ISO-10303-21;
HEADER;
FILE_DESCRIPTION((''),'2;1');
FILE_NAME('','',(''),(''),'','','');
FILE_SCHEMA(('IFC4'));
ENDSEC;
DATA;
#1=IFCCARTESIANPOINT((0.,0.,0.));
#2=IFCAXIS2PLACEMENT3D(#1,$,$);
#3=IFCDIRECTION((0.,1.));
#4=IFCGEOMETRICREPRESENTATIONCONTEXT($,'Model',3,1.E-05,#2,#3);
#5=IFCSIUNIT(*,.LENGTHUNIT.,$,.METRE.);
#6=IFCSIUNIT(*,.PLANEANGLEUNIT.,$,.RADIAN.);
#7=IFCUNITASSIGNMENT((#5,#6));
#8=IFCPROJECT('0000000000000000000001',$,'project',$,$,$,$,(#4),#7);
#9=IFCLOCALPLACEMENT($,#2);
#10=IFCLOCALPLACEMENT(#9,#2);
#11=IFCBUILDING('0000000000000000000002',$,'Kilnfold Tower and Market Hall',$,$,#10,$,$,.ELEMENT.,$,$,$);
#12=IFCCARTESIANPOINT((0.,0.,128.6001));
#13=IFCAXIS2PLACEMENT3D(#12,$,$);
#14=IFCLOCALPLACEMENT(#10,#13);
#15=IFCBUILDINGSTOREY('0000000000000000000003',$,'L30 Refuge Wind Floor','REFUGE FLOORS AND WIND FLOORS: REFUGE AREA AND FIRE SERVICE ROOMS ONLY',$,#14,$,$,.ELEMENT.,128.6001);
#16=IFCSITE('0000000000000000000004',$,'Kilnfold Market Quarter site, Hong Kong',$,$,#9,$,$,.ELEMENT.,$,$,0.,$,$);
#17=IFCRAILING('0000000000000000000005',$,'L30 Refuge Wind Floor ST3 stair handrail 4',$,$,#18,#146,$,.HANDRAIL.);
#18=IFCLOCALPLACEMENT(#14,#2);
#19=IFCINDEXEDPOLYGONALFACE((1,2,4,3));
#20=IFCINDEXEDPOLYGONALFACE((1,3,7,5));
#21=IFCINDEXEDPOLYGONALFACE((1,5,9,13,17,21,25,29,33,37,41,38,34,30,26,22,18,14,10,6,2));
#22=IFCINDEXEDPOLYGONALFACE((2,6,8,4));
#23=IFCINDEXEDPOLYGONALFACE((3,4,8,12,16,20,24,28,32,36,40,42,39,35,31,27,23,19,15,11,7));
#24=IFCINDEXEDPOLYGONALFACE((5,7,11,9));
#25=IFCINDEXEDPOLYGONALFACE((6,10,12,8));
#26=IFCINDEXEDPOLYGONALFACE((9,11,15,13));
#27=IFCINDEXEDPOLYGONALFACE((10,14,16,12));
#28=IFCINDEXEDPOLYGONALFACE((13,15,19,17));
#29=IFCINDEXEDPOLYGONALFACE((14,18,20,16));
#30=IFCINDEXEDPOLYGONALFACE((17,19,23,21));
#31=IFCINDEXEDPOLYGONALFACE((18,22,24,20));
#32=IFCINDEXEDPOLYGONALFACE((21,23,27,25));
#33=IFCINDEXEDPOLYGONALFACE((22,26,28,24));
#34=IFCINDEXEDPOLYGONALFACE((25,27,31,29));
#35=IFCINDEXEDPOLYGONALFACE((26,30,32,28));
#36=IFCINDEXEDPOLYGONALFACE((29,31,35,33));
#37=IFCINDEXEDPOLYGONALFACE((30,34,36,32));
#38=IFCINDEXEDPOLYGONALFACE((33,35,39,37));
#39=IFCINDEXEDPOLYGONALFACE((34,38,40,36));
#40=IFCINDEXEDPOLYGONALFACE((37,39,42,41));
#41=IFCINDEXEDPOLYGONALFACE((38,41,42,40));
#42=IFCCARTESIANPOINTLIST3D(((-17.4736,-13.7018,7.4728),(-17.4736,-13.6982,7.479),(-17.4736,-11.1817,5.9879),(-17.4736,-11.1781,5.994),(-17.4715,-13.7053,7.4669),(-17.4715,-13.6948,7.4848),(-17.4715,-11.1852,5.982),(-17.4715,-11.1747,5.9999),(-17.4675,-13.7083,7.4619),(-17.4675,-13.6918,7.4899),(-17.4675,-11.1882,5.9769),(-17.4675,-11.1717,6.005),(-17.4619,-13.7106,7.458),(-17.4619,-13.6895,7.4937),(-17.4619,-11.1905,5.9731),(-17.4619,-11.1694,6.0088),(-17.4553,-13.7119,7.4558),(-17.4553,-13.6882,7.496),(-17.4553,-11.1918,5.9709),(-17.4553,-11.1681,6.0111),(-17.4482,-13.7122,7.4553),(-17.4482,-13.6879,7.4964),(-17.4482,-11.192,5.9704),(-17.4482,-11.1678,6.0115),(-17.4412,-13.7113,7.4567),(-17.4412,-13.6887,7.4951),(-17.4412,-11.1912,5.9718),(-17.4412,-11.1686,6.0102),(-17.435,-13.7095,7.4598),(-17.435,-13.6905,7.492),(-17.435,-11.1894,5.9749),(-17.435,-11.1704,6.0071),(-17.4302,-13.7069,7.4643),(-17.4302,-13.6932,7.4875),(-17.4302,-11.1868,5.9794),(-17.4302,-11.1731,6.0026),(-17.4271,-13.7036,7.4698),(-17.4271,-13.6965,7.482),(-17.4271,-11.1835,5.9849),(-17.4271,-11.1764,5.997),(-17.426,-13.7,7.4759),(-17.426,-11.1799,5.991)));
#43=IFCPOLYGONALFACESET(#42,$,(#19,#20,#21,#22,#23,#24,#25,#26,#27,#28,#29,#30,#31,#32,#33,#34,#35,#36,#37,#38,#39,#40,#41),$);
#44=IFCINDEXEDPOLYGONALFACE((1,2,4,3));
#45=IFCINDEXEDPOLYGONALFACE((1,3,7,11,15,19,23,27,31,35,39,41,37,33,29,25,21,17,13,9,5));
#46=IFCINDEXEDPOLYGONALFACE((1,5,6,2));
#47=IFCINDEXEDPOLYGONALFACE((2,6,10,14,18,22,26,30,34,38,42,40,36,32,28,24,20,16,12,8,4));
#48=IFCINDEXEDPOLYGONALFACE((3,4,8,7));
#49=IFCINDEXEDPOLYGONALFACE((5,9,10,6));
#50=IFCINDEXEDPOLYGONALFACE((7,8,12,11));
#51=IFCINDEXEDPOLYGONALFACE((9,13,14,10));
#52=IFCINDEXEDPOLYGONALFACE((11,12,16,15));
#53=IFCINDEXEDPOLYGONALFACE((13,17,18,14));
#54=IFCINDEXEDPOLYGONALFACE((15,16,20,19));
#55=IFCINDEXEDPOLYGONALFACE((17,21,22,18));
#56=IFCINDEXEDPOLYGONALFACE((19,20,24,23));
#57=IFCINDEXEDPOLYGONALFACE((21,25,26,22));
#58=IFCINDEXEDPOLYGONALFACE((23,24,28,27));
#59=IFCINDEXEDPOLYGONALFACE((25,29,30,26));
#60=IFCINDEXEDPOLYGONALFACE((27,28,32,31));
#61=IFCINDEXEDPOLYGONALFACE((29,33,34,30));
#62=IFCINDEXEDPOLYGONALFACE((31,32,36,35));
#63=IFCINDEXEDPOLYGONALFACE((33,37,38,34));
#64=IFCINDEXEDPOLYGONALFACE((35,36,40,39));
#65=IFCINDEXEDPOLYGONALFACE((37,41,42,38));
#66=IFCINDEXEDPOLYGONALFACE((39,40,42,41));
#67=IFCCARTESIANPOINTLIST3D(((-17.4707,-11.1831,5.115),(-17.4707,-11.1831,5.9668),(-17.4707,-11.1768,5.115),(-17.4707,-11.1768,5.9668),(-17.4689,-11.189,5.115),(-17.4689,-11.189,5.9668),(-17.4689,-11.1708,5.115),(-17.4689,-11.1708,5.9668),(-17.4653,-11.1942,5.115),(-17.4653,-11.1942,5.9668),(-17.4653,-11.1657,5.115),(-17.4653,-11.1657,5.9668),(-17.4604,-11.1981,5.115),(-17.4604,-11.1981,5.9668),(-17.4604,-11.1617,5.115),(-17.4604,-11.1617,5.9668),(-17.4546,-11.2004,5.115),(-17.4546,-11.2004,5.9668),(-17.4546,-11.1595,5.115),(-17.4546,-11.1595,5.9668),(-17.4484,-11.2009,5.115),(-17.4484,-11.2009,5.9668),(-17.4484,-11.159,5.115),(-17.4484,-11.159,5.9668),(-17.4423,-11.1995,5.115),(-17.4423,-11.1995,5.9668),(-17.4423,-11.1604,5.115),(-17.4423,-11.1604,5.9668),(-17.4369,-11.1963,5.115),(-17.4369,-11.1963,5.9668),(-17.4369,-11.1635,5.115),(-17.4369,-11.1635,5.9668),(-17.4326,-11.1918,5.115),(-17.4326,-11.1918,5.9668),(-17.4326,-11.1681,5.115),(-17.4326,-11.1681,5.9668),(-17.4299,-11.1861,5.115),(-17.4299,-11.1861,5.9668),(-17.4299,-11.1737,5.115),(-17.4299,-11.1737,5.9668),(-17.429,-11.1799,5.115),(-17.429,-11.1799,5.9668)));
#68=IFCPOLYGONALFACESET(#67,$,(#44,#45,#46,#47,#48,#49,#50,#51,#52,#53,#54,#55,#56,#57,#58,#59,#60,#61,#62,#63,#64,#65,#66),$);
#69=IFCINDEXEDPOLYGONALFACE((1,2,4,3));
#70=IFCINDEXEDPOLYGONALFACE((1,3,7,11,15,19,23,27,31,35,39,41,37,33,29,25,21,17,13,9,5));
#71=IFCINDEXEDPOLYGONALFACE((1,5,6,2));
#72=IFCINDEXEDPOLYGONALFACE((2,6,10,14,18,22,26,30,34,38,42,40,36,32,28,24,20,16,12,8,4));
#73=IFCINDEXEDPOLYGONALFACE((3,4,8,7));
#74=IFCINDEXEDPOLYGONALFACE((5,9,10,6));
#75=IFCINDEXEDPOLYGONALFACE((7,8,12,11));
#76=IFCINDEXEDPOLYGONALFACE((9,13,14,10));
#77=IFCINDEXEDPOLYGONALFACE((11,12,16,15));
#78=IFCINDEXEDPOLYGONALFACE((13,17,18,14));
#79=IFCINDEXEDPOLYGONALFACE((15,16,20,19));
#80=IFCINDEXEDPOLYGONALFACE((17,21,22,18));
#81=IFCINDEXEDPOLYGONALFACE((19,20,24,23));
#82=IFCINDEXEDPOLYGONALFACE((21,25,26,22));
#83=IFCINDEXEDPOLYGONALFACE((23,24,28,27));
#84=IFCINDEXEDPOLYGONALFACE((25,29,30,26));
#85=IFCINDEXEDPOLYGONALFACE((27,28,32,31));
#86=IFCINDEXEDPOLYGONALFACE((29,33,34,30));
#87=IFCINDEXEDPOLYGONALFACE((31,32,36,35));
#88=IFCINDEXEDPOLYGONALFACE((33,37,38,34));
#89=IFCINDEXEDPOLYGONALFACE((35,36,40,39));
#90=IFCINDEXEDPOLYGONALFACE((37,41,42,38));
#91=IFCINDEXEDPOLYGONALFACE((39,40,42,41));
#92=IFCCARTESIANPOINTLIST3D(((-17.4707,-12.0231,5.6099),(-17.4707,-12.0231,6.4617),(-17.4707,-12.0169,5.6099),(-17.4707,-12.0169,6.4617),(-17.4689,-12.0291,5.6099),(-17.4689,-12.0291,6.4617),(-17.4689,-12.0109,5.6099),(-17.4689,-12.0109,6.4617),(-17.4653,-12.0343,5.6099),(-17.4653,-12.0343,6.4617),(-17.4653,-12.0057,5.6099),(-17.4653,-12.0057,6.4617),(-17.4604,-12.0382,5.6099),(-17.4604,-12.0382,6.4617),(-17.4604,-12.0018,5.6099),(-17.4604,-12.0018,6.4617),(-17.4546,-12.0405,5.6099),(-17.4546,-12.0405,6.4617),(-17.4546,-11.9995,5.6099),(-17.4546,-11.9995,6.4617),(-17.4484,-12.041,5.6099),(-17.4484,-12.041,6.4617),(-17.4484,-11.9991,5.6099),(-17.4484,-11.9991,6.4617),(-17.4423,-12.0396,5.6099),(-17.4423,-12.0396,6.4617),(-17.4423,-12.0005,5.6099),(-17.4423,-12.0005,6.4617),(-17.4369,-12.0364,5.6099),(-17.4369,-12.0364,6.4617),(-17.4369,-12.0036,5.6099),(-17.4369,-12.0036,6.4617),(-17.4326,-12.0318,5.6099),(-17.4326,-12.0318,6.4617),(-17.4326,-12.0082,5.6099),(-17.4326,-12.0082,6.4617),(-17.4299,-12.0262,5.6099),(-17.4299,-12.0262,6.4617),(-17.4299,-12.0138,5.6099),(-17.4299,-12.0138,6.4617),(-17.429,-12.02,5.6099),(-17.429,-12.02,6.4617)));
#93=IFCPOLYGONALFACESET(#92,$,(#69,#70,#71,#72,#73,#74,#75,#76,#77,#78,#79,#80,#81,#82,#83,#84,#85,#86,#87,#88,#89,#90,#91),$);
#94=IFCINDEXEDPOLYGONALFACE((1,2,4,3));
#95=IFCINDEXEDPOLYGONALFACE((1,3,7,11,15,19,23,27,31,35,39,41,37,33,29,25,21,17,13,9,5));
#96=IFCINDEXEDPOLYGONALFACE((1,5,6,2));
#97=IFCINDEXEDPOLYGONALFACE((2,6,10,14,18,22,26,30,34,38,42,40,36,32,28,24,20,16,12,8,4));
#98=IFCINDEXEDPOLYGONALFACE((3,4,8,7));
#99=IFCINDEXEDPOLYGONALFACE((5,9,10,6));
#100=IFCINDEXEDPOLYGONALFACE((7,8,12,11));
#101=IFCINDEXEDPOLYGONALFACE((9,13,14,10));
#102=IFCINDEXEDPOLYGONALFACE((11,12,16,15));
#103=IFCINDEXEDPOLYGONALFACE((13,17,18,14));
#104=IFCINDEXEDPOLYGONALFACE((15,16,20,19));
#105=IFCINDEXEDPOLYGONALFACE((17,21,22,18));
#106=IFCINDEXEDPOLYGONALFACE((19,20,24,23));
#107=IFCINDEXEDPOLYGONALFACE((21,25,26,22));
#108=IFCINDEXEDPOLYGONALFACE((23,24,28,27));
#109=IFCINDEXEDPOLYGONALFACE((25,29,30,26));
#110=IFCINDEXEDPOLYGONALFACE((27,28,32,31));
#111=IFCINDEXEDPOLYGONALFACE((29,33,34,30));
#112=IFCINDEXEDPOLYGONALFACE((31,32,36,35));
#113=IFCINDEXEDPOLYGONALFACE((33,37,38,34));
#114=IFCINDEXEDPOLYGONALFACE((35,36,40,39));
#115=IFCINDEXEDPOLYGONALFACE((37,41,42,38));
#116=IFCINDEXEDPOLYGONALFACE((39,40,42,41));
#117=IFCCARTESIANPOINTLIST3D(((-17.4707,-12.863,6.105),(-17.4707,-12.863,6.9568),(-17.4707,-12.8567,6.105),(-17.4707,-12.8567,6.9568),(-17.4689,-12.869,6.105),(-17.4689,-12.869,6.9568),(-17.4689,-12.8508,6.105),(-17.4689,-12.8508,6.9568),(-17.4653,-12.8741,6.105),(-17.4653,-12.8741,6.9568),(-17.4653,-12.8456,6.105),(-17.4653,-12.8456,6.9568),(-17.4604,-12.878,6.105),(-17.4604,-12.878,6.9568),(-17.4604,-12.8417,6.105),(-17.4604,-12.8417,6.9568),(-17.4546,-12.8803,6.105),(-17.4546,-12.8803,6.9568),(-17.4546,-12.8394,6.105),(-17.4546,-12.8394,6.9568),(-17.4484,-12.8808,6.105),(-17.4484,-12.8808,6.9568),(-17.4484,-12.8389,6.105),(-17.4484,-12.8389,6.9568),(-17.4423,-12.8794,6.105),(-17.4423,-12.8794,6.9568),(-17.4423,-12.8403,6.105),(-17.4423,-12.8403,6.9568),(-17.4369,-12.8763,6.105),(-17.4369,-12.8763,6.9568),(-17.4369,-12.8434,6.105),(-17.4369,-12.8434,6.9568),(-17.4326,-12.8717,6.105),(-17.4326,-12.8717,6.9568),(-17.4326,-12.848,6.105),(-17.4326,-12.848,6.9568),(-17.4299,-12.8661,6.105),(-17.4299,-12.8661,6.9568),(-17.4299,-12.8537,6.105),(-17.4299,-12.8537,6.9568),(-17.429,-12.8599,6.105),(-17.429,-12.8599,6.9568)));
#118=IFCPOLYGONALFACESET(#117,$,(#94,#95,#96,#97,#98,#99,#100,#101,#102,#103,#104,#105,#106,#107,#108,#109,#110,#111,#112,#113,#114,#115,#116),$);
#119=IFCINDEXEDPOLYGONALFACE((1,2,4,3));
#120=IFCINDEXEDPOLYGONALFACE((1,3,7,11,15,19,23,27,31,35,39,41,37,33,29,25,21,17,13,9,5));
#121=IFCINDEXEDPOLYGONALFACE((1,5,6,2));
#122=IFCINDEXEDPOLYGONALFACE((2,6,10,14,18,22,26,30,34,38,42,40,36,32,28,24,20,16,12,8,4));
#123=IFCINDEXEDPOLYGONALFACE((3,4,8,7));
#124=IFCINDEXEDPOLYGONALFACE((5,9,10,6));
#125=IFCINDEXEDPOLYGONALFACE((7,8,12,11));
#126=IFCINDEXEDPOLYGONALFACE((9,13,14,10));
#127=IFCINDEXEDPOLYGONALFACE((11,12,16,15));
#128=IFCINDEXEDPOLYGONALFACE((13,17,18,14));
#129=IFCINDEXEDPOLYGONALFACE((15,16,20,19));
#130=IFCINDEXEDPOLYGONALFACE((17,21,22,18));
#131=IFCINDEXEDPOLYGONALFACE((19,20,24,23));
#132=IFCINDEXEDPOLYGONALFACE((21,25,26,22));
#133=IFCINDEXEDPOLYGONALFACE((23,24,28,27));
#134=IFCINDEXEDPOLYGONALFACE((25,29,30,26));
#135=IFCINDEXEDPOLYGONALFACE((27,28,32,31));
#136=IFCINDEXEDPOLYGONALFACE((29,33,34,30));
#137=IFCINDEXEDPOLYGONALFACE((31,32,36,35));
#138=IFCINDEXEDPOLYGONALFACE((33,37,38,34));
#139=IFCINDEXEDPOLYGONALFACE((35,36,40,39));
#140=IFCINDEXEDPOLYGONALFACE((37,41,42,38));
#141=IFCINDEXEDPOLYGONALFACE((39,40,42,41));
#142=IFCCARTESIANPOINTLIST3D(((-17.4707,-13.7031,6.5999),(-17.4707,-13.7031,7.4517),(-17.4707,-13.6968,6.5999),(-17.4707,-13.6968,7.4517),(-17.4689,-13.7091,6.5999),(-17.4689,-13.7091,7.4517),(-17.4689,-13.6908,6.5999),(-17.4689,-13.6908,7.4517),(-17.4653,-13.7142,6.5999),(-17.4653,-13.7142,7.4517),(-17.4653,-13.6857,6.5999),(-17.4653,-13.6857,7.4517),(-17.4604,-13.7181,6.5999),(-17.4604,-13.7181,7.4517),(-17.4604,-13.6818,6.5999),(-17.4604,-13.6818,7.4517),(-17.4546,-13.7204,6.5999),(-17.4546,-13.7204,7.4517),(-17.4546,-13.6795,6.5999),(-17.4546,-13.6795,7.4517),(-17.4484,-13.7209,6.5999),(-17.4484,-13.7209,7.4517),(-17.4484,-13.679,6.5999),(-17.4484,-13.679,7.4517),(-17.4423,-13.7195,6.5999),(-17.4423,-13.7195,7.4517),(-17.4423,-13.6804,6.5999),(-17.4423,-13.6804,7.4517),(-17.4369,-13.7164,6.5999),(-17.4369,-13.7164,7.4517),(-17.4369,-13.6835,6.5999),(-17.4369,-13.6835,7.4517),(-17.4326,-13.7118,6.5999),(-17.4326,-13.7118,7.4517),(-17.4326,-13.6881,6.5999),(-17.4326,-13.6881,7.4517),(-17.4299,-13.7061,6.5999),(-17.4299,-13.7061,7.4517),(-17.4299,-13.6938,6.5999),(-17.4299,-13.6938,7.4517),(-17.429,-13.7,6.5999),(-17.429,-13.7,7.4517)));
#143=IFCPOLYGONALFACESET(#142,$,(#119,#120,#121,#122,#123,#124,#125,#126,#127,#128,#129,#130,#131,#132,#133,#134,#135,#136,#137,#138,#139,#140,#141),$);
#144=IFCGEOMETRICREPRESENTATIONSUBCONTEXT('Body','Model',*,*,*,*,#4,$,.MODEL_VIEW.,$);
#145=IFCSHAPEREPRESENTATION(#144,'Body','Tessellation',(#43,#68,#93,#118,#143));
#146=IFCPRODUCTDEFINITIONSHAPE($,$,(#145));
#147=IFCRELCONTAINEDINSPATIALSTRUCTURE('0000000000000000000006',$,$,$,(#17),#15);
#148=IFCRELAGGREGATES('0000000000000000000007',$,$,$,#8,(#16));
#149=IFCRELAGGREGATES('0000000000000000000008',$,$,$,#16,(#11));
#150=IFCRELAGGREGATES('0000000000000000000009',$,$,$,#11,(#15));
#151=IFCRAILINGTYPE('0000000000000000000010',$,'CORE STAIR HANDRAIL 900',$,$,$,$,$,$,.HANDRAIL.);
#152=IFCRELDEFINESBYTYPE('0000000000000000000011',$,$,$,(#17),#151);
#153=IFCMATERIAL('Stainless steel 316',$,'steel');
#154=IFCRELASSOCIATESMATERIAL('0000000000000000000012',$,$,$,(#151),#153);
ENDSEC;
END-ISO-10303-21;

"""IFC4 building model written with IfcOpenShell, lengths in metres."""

from ifc_helpers import new_model, si_unit, direction, frame, origin, origin_2d, place, context, subcontext, project, spatial, circle, extrude, material, type_object, element, save


model = new_model("IFC4")

# Units and contexts
model_context = context("Model", 3, precision=1e-05, world=origin(), true_north=direction((0.0, 1.0)))
body_context = subcontext(model_context, "Body", "Model", "MODEL_VIEW")
ifc_project = project(units=[si_unit("LENGTHUNIT", "METRE"), si_unit("PLANEANGLEUNIT", "RADIAN")], contexts=[model_context])

# Site, building, storey
site_placement = place(None, origin())
site = spatial("IfcSite", under=ifc_project, at=site_placement, Name="Kilnfold Market Quarter site, Hong Kong", CompositionType="ELEMENT", RefElevation=0.0)
building_placement = place(site_placement, origin())
building = spatial("IfcBuilding", under=site, at=building_placement, Name="Kilnfold Tower and Market Hall", CompositionType="ELEMENT")
storey_placement = place(building_placement, frame((0.0, 0.0, 128.6001)))
storey = spatial("IfcBuildingStorey", under=building, at=storey_placement, Name="L30 Refuge Wind Floor", Description="REFUGE FLOORS AND WIND FLOORS: REFUGE AREA AND FIRE SERVICE ROOMS ONLY", CompositionType="ELEMENT", Elevation=128.6001)

# Railing
ifc_material_1 = material(Name="Stainless steel 316", Category="steel")
railing_type_1 = type_object("IfcRailingType", Name="CORE STAIR HANDRAIL 900", PredefinedType="HANDRAIL", material=ifc_material_1)
for number, where, name in (
    (1, (-17.45, -11.1799, 5.115), "L30 Refuge Wind Floor ST3 stair handrail 4"),
):
    element("IfcRailing", number, at=place(storey_placement, frame(where)), inside=storey, type_object=railing_type_1, Name=name, PredefinedType="HANDRAIL", context=body_context, shape_type="SweptSolid", body=[
        extrude(circle(Radius=0.0239, at=origin_2d()), frame((0.0, 0.0, 0.876), z_axis=(0.0, -0.861561, 0.507655), x_axis=(1.0, 0.0, 0.0)), (0.0, 0.0, 1.0), 2.925),
        extrude(circle(Radius=0.021, at=origin_2d()), origin(), (0.0, 0.0, 1.0), 0.8518),
        extrude(circle(Radius=0.021, at=origin_2d()), frame((0.0, -0.8401, 0.4949)), (0.0, 0.0, 1.0), 0.8518),
        extrude(circle(Radius=0.021, at=origin_2d()), frame((0.0, -1.6799, 0.99)), (0.0, 0.0, 1.0), 0.8518),
        extrude(circle(Radius=0.021, at=origin_2d()), frame((0.0, -2.52, 1.4849)), (0.0, 0.0, 1.0), 0.8518),
    ])

save(model, "model.ifc")
